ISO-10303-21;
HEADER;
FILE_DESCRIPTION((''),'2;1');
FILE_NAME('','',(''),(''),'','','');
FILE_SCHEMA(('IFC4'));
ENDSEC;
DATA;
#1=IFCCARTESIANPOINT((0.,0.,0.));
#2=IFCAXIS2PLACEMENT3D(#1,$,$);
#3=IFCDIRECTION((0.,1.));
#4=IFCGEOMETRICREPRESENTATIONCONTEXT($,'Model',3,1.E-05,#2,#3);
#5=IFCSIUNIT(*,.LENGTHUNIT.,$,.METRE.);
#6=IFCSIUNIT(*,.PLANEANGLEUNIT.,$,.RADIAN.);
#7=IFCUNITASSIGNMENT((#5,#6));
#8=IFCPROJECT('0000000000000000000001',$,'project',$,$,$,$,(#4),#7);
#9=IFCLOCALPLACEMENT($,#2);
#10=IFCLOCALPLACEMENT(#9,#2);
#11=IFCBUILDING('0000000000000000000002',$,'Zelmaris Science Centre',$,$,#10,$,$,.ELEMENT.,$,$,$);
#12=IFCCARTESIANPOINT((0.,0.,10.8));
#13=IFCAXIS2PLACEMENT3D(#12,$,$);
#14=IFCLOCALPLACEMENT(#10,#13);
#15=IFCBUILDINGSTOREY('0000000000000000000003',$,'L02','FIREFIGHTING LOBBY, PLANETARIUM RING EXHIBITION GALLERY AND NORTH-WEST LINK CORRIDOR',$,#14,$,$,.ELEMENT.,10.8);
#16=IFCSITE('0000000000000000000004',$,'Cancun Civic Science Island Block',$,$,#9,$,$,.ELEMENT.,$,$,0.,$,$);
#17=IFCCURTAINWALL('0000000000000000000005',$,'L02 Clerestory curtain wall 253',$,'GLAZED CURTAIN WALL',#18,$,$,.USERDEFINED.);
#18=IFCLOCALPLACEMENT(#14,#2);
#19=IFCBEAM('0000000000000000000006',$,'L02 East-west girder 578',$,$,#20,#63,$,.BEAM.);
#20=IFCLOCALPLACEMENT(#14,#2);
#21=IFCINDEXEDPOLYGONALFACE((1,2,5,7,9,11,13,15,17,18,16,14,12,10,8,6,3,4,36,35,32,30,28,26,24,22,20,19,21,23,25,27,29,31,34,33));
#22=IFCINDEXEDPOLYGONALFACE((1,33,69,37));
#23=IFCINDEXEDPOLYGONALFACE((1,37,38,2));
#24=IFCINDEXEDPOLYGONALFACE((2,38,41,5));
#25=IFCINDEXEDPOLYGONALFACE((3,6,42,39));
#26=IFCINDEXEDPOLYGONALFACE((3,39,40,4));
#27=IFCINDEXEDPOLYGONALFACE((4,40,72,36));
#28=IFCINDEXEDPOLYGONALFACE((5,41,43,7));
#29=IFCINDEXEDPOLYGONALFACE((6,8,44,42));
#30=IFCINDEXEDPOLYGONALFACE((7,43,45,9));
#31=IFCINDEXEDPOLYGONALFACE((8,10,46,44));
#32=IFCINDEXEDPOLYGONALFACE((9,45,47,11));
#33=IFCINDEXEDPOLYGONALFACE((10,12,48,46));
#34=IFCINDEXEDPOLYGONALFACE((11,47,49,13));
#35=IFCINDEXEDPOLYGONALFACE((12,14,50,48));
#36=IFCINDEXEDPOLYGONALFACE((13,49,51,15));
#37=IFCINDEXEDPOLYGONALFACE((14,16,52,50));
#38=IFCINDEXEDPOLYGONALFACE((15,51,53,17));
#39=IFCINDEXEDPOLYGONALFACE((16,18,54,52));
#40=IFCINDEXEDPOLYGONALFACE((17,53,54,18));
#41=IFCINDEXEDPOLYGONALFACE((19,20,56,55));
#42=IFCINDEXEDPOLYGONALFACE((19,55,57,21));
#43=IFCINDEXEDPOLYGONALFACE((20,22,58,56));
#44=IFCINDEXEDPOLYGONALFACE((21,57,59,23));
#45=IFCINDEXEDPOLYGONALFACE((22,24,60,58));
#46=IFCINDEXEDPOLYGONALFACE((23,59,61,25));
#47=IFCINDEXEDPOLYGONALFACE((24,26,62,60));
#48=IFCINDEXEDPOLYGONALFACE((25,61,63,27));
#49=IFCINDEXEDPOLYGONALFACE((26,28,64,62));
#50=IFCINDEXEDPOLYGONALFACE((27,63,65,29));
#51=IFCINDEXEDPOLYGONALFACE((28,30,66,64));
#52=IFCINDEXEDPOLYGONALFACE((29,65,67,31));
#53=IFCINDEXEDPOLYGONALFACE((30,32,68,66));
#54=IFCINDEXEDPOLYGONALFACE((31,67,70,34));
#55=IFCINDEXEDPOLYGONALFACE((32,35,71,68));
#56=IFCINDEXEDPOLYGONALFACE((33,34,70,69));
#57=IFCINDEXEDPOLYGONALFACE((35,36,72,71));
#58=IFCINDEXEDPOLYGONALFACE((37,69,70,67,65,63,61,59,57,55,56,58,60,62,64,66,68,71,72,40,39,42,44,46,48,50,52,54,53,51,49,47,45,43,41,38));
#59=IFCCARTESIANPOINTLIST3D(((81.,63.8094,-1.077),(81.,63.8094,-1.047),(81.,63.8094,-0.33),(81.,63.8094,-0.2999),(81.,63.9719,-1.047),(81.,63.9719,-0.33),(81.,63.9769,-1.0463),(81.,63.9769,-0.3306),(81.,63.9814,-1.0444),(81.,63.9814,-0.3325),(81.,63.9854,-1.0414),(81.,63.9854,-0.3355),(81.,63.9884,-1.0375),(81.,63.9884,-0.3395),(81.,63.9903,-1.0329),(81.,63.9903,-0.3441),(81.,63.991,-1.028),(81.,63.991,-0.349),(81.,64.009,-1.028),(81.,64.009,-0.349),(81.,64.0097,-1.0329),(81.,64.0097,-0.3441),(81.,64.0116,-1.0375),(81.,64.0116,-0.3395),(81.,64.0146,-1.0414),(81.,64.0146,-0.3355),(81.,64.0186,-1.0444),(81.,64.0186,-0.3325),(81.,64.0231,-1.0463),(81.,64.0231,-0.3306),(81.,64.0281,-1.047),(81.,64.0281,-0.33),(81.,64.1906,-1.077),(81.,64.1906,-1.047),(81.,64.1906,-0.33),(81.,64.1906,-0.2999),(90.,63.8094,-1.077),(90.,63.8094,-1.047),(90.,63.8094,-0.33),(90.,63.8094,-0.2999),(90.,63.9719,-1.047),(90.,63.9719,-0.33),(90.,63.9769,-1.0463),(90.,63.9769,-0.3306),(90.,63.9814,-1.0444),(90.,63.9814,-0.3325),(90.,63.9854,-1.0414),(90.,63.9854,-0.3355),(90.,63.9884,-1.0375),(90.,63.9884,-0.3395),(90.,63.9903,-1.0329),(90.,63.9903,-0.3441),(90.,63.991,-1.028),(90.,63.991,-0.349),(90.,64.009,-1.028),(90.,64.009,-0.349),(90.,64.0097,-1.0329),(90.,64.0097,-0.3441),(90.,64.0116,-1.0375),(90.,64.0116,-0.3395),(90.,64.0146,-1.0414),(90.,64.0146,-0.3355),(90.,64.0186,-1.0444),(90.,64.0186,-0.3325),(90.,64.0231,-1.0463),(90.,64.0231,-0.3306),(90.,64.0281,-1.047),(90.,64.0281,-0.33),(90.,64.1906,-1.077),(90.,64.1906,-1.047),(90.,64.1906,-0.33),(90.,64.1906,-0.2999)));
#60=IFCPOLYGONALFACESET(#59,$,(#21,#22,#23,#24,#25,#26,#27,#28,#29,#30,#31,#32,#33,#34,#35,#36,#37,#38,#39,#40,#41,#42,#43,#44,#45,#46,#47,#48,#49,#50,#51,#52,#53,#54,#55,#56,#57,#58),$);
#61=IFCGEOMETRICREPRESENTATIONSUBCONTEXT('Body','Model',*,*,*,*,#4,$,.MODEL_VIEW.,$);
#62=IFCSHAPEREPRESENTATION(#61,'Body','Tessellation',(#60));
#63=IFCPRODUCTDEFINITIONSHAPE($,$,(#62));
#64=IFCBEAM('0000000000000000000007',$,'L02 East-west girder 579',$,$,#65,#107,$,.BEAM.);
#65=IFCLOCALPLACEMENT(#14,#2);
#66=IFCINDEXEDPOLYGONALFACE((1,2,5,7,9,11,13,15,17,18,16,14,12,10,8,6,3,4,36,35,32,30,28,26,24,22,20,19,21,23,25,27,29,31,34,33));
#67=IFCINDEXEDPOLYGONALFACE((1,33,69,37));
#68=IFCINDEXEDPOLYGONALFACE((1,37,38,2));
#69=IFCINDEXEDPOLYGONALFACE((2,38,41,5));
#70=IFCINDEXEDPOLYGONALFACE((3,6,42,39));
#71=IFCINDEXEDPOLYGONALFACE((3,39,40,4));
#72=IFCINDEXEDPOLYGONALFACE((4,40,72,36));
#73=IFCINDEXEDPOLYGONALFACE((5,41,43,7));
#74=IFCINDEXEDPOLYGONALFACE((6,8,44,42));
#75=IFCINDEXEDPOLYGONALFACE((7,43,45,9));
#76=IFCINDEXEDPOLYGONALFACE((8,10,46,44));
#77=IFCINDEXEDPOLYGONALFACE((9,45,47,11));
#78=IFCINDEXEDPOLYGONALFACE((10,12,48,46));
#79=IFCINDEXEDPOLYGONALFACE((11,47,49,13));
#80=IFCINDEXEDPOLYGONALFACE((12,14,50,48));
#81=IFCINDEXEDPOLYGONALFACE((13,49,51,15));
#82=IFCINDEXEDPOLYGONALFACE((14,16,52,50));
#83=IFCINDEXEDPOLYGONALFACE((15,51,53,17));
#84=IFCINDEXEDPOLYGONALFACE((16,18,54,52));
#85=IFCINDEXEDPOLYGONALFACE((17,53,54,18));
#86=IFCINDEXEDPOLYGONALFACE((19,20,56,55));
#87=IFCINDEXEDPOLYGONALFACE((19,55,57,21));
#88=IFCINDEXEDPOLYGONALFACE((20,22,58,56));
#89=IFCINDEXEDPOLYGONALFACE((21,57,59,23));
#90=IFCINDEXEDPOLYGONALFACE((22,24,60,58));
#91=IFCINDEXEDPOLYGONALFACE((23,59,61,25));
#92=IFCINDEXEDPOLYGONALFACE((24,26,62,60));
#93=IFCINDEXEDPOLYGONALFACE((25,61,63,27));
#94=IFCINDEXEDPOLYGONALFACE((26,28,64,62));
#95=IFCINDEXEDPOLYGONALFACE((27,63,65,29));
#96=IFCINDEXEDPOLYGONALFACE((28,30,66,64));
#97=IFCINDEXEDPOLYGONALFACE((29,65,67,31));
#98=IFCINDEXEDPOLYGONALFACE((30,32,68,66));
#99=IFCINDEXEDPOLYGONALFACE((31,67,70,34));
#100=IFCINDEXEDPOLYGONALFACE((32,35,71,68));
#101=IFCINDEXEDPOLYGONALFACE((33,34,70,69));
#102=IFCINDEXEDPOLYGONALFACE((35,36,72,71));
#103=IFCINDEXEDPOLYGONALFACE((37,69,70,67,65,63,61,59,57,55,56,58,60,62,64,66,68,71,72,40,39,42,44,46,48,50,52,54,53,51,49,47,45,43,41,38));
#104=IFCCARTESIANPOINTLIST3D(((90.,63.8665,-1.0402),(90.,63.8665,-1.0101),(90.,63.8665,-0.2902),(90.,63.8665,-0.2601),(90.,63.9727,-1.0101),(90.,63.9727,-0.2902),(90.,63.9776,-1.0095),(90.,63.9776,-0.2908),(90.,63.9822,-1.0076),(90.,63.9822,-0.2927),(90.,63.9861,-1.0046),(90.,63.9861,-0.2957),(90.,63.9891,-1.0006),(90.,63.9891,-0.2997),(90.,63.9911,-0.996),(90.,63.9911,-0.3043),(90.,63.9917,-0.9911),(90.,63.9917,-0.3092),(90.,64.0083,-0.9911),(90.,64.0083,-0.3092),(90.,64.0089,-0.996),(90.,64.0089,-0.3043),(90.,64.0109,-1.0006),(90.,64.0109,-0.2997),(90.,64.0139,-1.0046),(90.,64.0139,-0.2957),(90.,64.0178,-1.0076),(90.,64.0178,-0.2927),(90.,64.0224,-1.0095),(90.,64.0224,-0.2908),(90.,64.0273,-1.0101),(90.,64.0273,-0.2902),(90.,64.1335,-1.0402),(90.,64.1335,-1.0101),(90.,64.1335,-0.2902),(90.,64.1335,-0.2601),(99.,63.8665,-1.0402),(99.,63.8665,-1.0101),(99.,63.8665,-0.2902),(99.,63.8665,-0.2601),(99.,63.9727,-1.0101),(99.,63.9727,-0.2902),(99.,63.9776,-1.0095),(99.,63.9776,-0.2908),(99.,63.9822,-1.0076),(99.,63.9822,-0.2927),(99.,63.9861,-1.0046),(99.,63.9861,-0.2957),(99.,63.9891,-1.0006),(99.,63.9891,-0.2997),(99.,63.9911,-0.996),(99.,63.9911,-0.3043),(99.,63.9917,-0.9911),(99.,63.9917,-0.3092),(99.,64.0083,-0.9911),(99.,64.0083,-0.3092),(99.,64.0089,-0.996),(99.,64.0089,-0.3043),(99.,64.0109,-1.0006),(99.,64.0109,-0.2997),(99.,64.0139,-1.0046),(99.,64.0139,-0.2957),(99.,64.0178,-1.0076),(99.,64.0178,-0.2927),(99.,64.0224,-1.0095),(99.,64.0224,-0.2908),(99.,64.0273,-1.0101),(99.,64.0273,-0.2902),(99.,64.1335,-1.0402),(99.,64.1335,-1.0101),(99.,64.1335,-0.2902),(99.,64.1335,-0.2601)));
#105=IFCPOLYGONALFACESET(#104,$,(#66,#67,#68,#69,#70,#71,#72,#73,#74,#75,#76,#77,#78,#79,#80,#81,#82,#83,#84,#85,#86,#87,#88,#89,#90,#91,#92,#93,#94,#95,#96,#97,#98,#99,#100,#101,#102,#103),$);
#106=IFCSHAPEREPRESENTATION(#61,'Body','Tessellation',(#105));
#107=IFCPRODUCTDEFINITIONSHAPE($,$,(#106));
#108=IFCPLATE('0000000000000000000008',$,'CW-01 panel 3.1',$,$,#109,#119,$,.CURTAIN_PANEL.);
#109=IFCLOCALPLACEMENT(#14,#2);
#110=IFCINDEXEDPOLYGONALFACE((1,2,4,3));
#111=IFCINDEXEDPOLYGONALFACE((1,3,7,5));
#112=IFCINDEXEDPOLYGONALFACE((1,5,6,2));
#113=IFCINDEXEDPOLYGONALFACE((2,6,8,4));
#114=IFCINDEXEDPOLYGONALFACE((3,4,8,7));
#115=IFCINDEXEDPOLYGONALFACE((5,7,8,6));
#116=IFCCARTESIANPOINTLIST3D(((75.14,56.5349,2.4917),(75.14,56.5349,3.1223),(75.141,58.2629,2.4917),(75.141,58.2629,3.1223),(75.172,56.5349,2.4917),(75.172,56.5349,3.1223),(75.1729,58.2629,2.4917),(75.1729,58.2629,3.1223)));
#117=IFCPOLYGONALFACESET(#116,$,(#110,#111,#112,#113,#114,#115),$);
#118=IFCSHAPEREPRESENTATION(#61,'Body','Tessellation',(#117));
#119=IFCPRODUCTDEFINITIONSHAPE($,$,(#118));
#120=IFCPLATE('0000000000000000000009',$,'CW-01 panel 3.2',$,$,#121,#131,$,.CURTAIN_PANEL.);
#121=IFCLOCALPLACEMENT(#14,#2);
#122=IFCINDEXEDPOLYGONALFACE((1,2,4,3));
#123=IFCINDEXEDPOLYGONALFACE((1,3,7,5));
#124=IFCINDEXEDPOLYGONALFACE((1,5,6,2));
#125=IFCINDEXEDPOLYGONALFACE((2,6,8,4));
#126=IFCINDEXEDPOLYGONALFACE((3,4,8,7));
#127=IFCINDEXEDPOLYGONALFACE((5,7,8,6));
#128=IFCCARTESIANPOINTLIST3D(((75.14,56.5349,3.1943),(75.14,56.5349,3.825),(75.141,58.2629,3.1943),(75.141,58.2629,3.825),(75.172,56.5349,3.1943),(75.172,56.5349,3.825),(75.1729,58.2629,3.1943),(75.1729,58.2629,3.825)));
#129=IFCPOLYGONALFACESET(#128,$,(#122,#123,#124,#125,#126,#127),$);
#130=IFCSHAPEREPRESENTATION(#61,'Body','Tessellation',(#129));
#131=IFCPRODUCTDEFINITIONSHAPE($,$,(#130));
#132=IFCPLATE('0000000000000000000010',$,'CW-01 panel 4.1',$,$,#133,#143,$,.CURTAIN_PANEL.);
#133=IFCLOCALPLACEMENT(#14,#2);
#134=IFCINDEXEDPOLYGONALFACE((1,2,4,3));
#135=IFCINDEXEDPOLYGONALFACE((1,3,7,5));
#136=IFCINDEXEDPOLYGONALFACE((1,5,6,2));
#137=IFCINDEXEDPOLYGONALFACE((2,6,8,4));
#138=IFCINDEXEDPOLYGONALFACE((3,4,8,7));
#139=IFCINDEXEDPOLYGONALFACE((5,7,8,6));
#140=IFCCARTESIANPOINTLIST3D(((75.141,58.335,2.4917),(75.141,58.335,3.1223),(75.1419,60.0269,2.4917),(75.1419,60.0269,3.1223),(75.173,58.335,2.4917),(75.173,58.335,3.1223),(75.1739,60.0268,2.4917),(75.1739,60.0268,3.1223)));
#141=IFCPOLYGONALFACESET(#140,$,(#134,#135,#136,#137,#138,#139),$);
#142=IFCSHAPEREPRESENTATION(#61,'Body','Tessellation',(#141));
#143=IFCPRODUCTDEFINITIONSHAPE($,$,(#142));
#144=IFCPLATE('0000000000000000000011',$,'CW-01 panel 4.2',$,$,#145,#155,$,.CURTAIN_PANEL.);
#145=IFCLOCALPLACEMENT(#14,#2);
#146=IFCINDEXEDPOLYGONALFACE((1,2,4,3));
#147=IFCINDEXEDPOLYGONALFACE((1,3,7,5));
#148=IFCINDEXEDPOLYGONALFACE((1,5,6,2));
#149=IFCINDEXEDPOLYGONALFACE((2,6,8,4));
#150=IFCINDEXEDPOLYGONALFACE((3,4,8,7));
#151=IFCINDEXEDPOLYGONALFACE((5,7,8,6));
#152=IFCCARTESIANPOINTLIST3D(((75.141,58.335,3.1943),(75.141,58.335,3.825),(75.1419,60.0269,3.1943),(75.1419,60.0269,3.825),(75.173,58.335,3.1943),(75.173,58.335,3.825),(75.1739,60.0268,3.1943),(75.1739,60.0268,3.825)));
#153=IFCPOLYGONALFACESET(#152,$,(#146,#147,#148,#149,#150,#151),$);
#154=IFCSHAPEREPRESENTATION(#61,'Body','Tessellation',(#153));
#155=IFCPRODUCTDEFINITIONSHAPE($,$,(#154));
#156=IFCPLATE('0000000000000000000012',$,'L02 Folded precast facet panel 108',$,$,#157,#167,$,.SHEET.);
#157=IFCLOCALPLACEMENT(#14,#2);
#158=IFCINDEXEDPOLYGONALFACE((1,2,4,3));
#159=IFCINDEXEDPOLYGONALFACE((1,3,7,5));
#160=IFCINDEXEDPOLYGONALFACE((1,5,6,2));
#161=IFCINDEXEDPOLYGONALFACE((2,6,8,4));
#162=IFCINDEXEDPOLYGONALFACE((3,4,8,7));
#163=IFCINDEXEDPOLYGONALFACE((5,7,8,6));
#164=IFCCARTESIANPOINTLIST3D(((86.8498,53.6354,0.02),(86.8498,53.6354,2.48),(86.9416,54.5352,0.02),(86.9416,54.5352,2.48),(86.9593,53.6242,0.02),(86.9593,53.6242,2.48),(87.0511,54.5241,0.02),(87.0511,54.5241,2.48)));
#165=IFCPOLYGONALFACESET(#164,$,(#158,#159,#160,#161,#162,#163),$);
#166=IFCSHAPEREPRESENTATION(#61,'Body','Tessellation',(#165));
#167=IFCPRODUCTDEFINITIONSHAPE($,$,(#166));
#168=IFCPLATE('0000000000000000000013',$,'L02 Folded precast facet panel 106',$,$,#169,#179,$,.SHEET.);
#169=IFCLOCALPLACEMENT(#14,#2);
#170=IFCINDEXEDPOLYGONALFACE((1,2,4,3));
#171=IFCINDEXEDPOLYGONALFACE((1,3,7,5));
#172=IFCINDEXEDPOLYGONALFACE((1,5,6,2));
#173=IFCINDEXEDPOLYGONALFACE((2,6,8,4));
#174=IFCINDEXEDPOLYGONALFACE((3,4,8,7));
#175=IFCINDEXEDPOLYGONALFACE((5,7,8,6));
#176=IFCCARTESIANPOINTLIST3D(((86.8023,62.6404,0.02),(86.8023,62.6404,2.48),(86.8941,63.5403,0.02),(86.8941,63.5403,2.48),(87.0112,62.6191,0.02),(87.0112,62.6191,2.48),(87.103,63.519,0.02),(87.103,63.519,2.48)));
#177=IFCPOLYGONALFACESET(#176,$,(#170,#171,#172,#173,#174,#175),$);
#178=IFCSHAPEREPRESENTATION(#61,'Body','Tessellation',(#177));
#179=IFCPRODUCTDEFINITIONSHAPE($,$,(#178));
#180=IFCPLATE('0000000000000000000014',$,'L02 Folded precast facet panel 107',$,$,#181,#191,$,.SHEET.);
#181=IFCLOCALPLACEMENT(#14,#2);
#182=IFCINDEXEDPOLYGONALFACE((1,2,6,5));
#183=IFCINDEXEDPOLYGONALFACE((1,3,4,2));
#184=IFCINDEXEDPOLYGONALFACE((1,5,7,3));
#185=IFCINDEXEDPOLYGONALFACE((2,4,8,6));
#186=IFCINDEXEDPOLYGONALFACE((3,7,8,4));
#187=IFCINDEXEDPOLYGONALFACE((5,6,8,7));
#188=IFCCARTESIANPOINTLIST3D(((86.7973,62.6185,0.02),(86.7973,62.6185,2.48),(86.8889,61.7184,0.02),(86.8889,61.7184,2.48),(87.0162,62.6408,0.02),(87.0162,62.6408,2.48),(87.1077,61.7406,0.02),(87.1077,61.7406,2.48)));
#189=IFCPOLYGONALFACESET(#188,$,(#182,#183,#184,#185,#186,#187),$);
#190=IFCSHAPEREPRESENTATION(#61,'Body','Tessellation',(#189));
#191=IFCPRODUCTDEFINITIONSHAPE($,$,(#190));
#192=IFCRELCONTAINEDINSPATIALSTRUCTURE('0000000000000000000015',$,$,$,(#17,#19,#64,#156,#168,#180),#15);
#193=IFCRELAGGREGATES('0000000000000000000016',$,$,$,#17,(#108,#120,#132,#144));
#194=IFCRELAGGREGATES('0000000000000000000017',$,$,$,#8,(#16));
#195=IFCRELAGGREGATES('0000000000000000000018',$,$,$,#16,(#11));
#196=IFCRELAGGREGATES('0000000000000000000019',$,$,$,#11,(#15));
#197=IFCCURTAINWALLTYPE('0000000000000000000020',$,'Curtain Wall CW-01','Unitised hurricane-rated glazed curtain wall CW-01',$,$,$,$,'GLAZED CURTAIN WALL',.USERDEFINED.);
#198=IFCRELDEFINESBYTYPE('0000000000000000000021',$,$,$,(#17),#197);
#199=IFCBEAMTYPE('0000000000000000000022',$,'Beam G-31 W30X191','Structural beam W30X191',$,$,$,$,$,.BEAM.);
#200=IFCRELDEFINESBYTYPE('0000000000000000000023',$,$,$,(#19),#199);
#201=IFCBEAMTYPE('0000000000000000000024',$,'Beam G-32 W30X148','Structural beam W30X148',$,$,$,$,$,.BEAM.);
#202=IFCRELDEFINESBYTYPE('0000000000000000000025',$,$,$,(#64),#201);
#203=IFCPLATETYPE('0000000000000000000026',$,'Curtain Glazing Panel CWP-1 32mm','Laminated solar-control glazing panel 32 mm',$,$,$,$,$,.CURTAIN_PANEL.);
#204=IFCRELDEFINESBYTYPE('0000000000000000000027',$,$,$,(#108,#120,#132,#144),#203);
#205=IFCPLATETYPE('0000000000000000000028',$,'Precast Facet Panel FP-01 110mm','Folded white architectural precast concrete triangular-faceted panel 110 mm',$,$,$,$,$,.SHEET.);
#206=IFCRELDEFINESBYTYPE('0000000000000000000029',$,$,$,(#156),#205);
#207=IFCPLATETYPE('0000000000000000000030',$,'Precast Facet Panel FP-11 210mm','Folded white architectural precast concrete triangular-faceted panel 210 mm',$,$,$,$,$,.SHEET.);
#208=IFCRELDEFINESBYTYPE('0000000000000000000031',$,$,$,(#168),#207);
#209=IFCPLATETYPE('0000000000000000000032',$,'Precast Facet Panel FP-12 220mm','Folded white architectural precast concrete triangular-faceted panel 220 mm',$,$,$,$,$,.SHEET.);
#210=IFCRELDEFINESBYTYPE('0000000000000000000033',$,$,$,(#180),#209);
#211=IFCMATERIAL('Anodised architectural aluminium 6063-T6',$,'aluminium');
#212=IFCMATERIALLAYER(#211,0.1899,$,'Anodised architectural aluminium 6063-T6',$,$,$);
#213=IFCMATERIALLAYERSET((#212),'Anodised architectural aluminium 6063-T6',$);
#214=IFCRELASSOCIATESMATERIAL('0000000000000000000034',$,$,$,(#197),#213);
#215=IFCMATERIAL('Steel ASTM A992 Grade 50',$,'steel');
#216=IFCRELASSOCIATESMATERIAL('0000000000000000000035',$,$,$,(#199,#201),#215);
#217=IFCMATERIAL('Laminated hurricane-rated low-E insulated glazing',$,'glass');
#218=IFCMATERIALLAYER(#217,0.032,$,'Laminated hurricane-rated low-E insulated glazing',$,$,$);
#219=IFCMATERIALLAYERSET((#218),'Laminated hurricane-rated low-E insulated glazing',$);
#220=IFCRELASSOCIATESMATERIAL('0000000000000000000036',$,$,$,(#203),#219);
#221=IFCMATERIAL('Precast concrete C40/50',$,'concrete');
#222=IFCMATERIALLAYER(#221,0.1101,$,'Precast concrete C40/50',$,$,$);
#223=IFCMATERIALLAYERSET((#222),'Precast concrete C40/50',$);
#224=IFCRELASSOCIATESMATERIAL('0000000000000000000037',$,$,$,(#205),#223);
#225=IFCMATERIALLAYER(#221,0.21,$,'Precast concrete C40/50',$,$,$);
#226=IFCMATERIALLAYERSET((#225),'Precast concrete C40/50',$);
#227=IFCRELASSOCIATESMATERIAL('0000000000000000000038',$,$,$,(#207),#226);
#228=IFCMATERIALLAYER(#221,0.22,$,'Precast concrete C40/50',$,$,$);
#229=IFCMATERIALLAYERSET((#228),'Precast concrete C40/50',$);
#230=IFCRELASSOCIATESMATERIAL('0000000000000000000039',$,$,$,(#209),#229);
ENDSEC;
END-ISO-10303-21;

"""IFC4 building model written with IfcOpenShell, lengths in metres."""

from ifc_helpers import new_model, si_unit, direction, frame, frame_2d, origin, origin_2d, place, context, subcontext, project, spatial, rectangle, i_section, extrude, material, layer, layer_set, material_profile, profile_set, type_object, element, aggregate, save


model = new_model("IFC4")

# Units and contexts
model_context = context("Model", 3, precision=1e-05, world=origin(), true_north=direction((0.0, 1.0)))
body_context = subcontext(model_context, "Body", "Model", "MODEL_VIEW")
ifc_project = project(units=[si_unit("LENGTHUNIT", "METRE"), si_unit("PLANEANGLEUNIT", "RADIAN")], contexts=[model_context])

# Site, building, storey
site_placement = place(None, origin())
site = spatial("IfcSite", under=ifc_project, at=site_placement, Name="Cancun Civic Science Island Block", CompositionType="ELEMENT", RefElevation=0.0)
building_placement = place(site_placement, origin())
building = spatial("IfcBuilding", under=site, at=building_placement, Name="Zelmaris Science Centre", CompositionType="ELEMENT")
storey_placement = place(building_placement, frame((0.0, 0.0, 10.8)))
storey = spatial("IfcBuildingStorey", under=building, at=storey_placement, Name="L02", Description="FIREFIGHTING LOBBY, PLANETARIUM RING EXHIBITION GALLERY AND NORTH-WEST LINK CORRIDOR", CompositionType="ELEMENT", Elevation=10.8)

# Shared definitions
ifc_material_1 = material(Name="Steel ASTM A992 Grade 50", Category="steel")

# Curtain wall
ifc_material_2 = material(Name="Anodised architectural aluminium 6063-T6", Category="aluminium")
ifc_layer_1 = layer(ifc_material_2, 0.1899, Name="Anodised architectural aluminium 6063-T6")
ifc_layer_set_1 = layer_set([ifc_layer_1], Name="Anodised architectural aluminium 6063-T6")
curtain_wall_type = type_object("IfcCurtainWallType", Name="Curtain Wall CW-01", Description="Unitised hurricane-rated glazed curtain wall CW-01", ElementType="GLAZED CURTAIN WALL", PredefinedType="USERDEFINED", material=ifc_layer_set_1)
curtain_wall_placement = place(storey_placement, origin())
curtain_wall = element("IfcCurtainWall", 1, at=curtain_wall_placement, inside=storey, type_object=curtain_wall_type, Name="L02 Clerestory curtain wall 253", ObjectType="GLAZED CURTAIN WALL", PredefinedType="USERDEFINED")

# Beams
ifc_material_profile_1 = material_profile(ifc_material_1, i_section(OverallWidth=0.3811, OverallDepth=0.7771, WebThickness=0.0181, FlangeThickness=0.03, FilletRadius=0.019, at=origin_2d()), Name="W30X191")
ifc_profile_set_1 = profile_set([ifc_material_profile_1], Name="Steel ASTM A992 Grade 50")
beam_type_1 = type_object("IfcBeamType", Name="Beam G-31 W30X191", Description="Structural beam W30X191", PredefinedType="BEAM", material=ifc_profile_set_1)
beam_1_placement = place(storey_placement, frame((81.0, 64.0, -0.6885), z_axis=(1.0, 0.0, 0.0), x_axis=(0.0, 1.0, 0.0)))
element("IfcBeam", 2, at=beam_1_placement, inside=storey, type_object=beam_type_1, Name="L02 East-west girder 578", PredefinedType="BEAM", context=body_context, shape_type="SweptSolid", body=[
    extrude(i_section(OverallWidth=0.3811, OverallDepth=0.7771, WebThickness=0.0181, FlangeThickness=0.03, FilletRadius=0.019, at=origin_2d()), origin(), (0.0, 0.0, 1.0), 9.0),
])
ifc_material_profile_2 = material_profile(ifc_material_1, i_section(OverallWidth=0.2671, OverallDepth=0.78, WebThickness=0.0166, FlangeThickness=0.03, FilletRadius=0.019, at=origin_2d()), Name="W30X148")
ifc_profile_set_2 = profile_set([ifc_material_profile_2], Name="Steel ASTM A992 Grade 50")
beam_type_2 = type_object("IfcBeamType", Name="Beam G-32 W30X148", Description="Structural beam W30X148", PredefinedType="BEAM", material=ifc_profile_set_2)
beam_2_placement = place(storey_placement, frame((90.0, 64.0, -0.6501), z_axis=(1.0, 0.0, 0.0), x_axis=(0.0, 1.0, 0.0)))
element("IfcBeam", 3, at=beam_2_placement, inside=storey, type_object=beam_type_2, Name="L02 East-west girder 579", PredefinedType="BEAM", context=body_context, shape_type="SweptSolid", body=[
    extrude(i_section(OverallWidth=0.2671, OverallDepth=0.78, WebThickness=0.0166, FlangeThickness=0.03, FilletRadius=0.019, at=origin_2d()), origin(), (0.0, 0.0, 1.0), 9.0),
])

# Plates
ifc_material_3 = material(Name="Laminated hurricane-rated low-E insulated glazing", Category="glass")
ifc_layer_2 = layer(ifc_material_3, 0.032, Name="Laminated hurricane-rated low-E insulated glazing")
ifc_layer_set_2 = layer_set([ifc_layer_2], Name="Laminated hurricane-rated low-E insulated glazing")
plate_type_1 = type_object("IfcPlateType", Name="Curtain Glazing Panel CWP-1 32mm", Description="Laminated solar-control glazing panel 32 mm", PredefinedType="CURTAIN_PANEL", material=ifc_layer_set_2)
plate_1_placement = place(storey_placement, frame((75.1565, 57.3989, 2.4917), z_axis=(0.0, 0.0, 1.0), x_axis=(0.000535, 1.0, 0.0)))
plate_1 = element("IfcPlate", 4, at=plate_1_placement, type_object=plate_type_1, Name="CW-01 panel 3.1", PredefinedType="CURTAIN_PANEL", context=body_context, shape_type="SweptSolid", body=[
    extrude(rectangle(XDim=1.728, YDim=0.032, at=origin_2d()), origin(), (0.0, 0.0, 1.0), 0.6306),
])
plate_2_placement = place(storey_placement, frame((75.1565, 57.3989, 3.1943), z_axis=(0.0, 0.0, 1.0), x_axis=(0.000535, 1.0, 0.0)))
plate_2 = element("IfcPlate", 5, at=plate_2_placement, type_object=plate_type_1, Name="CW-01 panel 3.2", PredefinedType="CURTAIN_PANEL", context=body_context, shape_type="SweptSolid", body=[
    extrude(rectangle(XDim=1.728, YDim=0.032, at=origin_2d()), origin(), (0.0, 0.0, 1.0), 0.6306),
])
plate_3_placement = place(storey_placement, frame((75.1575, 59.1809, 2.4917), z_axis=(0.0, 0.0, 1.0), x_axis=(0.000535, 1.0, 0.0)))
plate_3 = element("IfcPlate", 6, at=plate_3_placement, type_object=plate_type_1, Name="CW-01 panel 4.1", PredefinedType="CURTAIN_PANEL", context=body_context, shape_type="SweptSolid", body=[
    extrude(rectangle(XDim=1.6919, YDim=0.032, at=origin_2d()), origin(), (0.0, 0.0, 1.0), 0.6306),
])
plate_4_placement = place(storey_placement, frame((75.1575, 59.1809, 3.1943), z_axis=(0.0, 0.0, 1.0), x_axis=(0.000535, 1.0, 0.0)))
plate_4 = element("IfcPlate", 7, at=plate_4_placement, type_object=plate_type_1, Name="CW-01 panel 4.2", PredefinedType="CURTAIN_PANEL", context=body_context, shape_type="SweptSolid", body=[
    extrude(rectangle(XDim=1.6919, YDim=0.032, at=origin_2d()), origin(), (0.0, 0.0, 1.0), 0.6306),
])
aggregate(curtain_wall, [plate_1, plate_2, plate_3, plate_4])

# Plates
ifc_material_4 = material(Name="Precast concrete C40/50", Category="concrete")
ifc_layer_3 = layer(ifc_material_4, 0.1101, Name="Precast concrete C40/50")
ifc_layer_set_3 = layer_set([ifc_layer_3], Name="Precast concrete C40/50")
plate_type_2 = type_object("IfcPlateType", Name="Precast Facet Panel FP-01 110mm", Description="Folded white architectural precast concrete triangular-faceted panel 110 mm", PredefinedType="SHEET", material=ifc_layer_set_3)
plate_5_placement = place(storey_placement, frame((86.9963, 54.5295, 0.02), z_axis=(0.0, 0.0, 1.0), x_axis=(-0.101481, -0.994837, 0.0)))
element("IfcPlate", 8, at=plate_5_placement, inside=storey, type_object=plate_type_2, Name="L02 Folded precast facet panel 108", PredefinedType="SHEET", context=body_context, shape_type="SweptSolid", body=[
    extrude(rectangle(XDim=0.9045, YDim=0.1101, at=frame_2d((0.4521, 0.0))), origin(), (0.0, 0.0, 1.0), 2.46),
])
ifc_layer_4 = layer(ifc_material_4, 0.21, Name="Precast concrete C40/50")
ifc_layer_set_4 = layer_set([ifc_layer_4], Name="Precast concrete C40/50")
plate_type_3 = type_object("IfcPlateType", Name="Precast Facet Panel FP-11 210mm", Description="Folded white architectural precast concrete triangular-faceted panel 210 mm", PredefinedType="SHEET", material=ifc_layer_set_4)
plate_6_placement = place(storey_placement, frame((86.9985, 63.5295, 0.02), z_axis=(0.0, 0.0, 1.0), x_axis=(-0.101481, -0.994837, 0.0)))
element("IfcPlate", 9, at=plate_6_placement, inside=storey, type_object=plate_type_3, Name="L02 Folded precast facet panel 106", PredefinedType="SHEET", context=body_context, shape_type="SweptSolid", body=[
    extrude(rectangle(XDim=0.9045, YDim=0.21, at=frame_2d((0.4521, 0.0))), origin(), (0.0, 0.0, 1.0), 2.46),
])
ifc_layer_5 = layer(ifc_material_4, 0.22, Name="Precast concrete C40/50")
ifc_layer_set_5 = layer_set([ifc_layer_5], Name="Precast concrete C40/50")
plate_type_4 = type_object("IfcPlateType", Name="Precast Facet Panel FP-12 220mm", Description="Folded white architectural precast concrete triangular-faceted panel 220 mm", PredefinedType="SHEET", material=ifc_layer_set_5)
plate_7_placement = place(storey_placement, frame((86.9067, 62.6296, 0.02), z_axis=(0.0, 0.0, 1.0), x_axis=(0.101187, -0.994867, 0.0)))
element("IfcPlate", 10, at=plate_7_placement, inside=storey, type_object=plate_type_4, Name="L02 Folded precast facet panel 107", PredefinedType="SHEET", context=body_context, shape_type="SweptSolid", body=[
    extrude(rectangle(XDim=0.9048, YDim=0.22, at=frame_2d((0.4524, 0.0))), origin(), (0.0, 0.0, 1.0), 2.46),
])

save(model, "model.ifc")
